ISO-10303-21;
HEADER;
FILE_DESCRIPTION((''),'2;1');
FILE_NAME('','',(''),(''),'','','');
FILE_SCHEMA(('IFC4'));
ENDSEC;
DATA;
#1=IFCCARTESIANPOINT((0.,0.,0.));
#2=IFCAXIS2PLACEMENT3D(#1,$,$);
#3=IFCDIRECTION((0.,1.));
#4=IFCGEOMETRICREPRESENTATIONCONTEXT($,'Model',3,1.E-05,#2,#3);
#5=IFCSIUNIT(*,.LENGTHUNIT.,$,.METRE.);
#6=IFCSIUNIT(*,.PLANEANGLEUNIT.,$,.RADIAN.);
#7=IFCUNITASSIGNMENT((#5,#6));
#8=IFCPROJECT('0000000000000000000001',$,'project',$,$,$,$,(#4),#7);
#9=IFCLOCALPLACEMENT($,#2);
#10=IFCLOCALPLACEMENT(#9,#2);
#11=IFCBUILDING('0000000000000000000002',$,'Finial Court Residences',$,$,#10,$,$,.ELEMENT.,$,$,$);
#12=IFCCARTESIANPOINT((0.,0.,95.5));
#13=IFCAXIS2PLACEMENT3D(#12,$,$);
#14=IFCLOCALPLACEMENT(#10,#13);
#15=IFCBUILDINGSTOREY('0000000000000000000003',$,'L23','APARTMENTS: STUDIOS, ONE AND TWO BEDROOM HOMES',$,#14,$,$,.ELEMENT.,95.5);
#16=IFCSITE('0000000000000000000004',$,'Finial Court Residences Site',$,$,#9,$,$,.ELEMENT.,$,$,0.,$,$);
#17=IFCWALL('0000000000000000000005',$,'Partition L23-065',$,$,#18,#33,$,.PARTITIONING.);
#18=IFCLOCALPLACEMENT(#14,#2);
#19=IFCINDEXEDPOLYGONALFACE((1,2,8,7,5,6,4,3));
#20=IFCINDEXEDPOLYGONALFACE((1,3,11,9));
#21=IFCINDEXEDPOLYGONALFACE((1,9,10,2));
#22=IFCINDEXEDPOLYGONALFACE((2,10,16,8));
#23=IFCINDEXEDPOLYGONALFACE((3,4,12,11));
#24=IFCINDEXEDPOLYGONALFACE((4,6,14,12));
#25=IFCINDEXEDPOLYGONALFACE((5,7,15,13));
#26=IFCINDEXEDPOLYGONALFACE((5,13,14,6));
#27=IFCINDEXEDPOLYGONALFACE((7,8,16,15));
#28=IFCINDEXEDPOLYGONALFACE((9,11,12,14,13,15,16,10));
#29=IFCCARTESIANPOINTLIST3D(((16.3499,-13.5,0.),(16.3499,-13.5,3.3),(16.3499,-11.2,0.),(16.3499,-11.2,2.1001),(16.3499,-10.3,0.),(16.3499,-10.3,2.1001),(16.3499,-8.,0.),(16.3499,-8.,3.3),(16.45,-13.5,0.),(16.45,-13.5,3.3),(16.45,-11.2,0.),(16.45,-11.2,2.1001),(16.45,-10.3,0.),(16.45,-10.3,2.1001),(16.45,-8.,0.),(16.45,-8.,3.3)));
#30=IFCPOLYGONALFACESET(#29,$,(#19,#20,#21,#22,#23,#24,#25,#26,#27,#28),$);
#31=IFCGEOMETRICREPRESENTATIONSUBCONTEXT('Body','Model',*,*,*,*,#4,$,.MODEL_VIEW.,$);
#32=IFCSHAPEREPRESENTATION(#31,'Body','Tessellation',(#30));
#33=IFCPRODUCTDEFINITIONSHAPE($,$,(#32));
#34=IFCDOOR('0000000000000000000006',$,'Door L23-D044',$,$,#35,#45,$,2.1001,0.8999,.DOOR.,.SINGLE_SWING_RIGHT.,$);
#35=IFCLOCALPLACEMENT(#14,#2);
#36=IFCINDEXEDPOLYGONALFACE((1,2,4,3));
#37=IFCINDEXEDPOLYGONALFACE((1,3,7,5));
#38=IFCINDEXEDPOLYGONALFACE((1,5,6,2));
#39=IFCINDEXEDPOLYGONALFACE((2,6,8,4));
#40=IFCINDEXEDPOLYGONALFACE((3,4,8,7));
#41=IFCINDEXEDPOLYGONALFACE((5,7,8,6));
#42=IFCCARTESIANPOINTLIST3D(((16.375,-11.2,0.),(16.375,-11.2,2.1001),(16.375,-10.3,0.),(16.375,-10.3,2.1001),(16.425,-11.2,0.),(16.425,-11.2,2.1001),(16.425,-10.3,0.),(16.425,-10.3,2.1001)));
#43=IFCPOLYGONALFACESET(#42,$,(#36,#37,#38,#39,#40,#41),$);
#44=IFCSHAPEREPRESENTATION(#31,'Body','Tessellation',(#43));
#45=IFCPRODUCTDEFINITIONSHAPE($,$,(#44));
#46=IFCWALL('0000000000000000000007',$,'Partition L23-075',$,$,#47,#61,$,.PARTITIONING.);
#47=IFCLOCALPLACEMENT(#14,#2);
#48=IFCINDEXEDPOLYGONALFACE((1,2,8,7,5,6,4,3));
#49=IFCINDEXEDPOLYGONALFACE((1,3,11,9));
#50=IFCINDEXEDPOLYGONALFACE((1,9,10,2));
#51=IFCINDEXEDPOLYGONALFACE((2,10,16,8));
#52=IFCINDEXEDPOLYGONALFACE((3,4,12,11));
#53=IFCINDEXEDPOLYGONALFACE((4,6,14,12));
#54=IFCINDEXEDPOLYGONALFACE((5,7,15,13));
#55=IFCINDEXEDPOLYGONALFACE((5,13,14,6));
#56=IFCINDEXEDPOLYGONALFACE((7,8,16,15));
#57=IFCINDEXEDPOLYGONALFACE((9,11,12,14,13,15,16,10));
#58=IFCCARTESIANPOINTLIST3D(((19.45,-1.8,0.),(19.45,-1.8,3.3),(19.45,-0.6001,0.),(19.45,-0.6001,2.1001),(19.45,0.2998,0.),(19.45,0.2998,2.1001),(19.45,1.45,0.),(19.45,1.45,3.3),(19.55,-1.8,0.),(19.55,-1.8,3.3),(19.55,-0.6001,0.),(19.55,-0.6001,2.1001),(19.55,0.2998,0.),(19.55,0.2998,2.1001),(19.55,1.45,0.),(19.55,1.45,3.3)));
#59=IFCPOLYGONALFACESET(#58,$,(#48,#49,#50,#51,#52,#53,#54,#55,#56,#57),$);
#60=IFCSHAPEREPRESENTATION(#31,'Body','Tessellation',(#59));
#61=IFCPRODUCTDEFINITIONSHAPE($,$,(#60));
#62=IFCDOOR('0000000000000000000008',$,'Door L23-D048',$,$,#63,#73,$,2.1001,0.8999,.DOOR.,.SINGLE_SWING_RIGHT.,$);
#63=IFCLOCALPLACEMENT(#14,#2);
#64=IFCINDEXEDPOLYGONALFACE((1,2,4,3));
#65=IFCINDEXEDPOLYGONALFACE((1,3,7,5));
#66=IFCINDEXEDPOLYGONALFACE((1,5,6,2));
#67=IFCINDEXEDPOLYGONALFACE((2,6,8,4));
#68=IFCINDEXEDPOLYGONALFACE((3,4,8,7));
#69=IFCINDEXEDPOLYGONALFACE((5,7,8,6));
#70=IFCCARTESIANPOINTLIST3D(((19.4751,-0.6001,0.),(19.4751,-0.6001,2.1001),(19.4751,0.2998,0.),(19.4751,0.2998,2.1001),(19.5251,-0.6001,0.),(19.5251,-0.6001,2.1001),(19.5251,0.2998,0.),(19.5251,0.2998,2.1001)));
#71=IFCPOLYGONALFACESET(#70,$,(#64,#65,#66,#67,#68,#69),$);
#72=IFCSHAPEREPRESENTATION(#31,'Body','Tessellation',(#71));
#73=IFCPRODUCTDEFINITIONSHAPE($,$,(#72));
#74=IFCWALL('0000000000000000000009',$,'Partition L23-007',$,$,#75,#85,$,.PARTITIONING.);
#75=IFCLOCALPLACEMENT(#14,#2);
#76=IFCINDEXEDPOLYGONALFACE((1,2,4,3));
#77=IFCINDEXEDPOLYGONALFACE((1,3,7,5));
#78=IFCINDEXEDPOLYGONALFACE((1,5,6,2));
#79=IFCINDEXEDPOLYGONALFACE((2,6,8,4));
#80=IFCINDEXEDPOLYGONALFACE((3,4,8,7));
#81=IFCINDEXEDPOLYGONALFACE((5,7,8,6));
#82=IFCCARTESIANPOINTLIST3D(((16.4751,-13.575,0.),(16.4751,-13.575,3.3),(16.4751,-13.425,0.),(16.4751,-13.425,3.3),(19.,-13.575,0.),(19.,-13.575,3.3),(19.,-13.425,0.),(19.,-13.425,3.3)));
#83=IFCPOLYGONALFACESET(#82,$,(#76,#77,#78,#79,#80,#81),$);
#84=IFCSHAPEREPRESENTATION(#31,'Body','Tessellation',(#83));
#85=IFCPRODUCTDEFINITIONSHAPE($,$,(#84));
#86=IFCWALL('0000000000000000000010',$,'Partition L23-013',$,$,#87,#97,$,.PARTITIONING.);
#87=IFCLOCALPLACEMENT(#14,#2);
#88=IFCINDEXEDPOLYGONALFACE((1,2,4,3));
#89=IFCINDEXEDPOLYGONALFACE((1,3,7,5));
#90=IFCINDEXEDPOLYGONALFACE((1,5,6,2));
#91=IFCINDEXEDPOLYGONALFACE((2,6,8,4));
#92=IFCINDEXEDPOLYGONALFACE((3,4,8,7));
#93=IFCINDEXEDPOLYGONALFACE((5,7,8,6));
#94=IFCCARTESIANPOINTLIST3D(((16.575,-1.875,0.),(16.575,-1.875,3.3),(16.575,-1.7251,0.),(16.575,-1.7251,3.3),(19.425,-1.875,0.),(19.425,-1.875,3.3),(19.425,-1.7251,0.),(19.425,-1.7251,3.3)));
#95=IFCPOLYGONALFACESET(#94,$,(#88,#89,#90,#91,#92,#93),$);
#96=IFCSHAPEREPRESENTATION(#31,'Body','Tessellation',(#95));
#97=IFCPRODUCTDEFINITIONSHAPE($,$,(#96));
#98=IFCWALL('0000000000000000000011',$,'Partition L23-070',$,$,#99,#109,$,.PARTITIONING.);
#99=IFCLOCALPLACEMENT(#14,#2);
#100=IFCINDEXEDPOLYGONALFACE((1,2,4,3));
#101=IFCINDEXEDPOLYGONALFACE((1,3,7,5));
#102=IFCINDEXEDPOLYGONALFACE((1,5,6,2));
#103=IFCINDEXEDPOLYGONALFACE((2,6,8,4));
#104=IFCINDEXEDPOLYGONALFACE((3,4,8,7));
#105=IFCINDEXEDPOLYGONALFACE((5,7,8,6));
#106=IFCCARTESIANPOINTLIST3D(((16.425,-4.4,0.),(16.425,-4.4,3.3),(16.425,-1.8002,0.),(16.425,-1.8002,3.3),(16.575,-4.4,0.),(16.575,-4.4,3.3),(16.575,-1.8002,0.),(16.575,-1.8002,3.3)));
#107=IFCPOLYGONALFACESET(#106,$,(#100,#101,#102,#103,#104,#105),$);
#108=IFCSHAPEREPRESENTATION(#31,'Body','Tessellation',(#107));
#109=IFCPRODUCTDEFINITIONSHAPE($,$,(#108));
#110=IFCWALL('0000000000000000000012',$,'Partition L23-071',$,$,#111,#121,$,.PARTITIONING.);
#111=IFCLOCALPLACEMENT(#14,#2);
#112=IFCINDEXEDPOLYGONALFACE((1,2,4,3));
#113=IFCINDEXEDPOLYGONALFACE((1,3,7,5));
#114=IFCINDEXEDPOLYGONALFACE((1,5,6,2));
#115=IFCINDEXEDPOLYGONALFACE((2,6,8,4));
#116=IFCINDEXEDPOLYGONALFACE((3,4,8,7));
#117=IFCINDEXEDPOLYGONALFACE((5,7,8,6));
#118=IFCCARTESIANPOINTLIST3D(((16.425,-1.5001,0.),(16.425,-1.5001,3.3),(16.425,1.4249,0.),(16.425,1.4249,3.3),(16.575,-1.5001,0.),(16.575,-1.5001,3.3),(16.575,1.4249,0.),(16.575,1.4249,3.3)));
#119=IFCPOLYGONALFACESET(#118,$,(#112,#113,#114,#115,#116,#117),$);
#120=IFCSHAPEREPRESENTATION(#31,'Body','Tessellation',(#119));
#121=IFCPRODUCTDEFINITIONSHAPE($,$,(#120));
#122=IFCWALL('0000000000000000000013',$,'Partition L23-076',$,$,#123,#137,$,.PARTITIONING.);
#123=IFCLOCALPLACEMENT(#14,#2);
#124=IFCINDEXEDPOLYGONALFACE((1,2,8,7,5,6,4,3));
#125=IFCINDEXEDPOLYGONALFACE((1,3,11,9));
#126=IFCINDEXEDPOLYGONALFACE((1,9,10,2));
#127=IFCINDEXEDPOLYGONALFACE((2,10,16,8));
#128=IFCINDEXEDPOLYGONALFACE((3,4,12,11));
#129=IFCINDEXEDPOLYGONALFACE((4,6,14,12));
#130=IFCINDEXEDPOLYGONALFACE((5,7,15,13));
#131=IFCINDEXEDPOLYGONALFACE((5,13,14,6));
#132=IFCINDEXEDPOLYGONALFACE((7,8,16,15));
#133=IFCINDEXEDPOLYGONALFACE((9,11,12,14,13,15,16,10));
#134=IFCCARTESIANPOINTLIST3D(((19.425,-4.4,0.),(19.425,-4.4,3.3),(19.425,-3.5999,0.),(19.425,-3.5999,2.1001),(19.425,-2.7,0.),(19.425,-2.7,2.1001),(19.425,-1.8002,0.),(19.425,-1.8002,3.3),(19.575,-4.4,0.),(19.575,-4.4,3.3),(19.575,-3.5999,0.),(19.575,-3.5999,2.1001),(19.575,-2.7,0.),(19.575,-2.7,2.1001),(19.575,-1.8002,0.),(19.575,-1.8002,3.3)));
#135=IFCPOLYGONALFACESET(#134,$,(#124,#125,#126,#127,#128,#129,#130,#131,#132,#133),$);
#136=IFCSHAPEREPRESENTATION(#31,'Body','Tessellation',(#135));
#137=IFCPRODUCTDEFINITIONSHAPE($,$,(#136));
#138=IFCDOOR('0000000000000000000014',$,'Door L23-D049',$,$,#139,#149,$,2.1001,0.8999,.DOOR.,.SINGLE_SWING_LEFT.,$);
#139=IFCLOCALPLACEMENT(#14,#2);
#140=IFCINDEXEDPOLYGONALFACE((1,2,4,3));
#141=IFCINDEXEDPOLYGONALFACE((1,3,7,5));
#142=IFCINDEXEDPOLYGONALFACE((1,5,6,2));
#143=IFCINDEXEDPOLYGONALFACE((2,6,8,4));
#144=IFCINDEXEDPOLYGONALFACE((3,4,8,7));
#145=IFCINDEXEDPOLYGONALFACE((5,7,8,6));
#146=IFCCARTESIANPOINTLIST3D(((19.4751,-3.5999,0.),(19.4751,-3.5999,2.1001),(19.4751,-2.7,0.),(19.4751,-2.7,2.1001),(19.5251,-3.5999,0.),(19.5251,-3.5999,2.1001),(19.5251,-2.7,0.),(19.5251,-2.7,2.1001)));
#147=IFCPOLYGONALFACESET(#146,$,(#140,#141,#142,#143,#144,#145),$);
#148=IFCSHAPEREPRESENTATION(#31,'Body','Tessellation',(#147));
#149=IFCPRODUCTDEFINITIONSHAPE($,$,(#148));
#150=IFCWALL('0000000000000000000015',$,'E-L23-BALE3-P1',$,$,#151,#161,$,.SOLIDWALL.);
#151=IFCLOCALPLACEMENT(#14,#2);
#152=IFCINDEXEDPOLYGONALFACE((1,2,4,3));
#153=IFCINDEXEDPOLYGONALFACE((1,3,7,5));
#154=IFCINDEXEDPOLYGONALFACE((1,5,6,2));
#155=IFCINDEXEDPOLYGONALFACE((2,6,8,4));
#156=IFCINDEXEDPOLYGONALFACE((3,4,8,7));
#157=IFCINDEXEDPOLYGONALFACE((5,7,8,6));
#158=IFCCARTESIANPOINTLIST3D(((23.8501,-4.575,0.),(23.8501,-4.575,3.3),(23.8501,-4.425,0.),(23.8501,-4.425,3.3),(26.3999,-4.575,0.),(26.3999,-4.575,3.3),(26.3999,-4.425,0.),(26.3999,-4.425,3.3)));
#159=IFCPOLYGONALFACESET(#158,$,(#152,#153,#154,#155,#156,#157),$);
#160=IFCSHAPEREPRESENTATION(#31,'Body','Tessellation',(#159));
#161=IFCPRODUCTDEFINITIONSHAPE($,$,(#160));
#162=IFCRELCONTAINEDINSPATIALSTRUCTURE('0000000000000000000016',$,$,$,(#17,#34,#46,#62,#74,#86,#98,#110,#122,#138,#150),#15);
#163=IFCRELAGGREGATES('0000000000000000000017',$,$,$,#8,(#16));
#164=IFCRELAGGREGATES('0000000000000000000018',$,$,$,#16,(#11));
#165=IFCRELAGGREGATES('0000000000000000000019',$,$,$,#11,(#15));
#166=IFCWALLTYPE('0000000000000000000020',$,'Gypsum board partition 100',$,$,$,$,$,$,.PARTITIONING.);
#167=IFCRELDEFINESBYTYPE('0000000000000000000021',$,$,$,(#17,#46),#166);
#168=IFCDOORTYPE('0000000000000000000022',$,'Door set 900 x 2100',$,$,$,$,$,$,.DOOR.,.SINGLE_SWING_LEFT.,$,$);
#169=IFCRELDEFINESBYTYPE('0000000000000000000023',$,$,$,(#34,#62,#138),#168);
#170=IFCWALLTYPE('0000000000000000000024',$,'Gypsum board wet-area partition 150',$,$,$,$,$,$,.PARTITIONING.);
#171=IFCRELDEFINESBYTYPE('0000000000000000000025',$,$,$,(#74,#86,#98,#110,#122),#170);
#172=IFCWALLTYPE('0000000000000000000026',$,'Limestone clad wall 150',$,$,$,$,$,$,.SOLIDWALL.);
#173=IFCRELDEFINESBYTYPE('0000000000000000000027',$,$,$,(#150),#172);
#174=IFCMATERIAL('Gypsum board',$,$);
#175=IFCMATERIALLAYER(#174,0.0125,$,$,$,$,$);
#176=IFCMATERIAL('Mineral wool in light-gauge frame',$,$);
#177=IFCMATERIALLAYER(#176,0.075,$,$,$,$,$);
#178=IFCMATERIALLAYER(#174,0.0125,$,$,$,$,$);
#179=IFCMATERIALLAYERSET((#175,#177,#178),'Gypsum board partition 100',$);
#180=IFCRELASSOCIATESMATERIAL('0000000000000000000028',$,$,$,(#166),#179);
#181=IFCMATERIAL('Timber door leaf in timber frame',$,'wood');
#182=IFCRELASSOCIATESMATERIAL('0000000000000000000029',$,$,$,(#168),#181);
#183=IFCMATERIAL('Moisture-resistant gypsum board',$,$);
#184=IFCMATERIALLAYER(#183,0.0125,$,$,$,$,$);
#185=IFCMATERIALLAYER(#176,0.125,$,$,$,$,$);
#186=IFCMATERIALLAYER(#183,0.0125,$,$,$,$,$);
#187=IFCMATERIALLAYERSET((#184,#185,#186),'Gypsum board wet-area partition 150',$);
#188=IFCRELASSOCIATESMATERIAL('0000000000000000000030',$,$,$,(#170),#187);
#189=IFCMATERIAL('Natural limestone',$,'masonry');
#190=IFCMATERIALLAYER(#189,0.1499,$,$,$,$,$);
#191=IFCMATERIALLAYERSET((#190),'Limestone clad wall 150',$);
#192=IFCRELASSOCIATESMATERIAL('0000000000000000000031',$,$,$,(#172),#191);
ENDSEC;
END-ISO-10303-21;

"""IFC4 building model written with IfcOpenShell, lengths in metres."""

from ifc_helpers import new_model, si_unit, direction, frame, frame_2d, origin, place, context, subcontext, project, spatial, rectangle, extrude, material, layer, layer_set, type_object, element, fill, save


model = new_model("IFC4")

# Units and contexts
model_context = context("Model", 3, precision=1e-05, world=origin(), true_north=direction((0.0, 1.0)))
body_context = subcontext(model_context, "Body", "Model", "MODEL_VIEW")
ifc_project = project(units=[si_unit("LENGTHUNIT", "METRE"), si_unit("PLANEANGLEUNIT", "RADIAN")], contexts=[model_context])

# Site, building, storey
site_placement = place(None, origin())
site = spatial("IfcSite", under=ifc_project, at=site_placement, Name="Finial Court Residences Site", CompositionType="ELEMENT", RefElevation=0.0)
building_placement = place(site_placement, origin())
building = spatial("IfcBuilding", under=site, at=building_placement, Name="Finial Court Residences", CompositionType="ELEMENT")
storey_placement = place(building_placement, frame((0.0, 0.0, 95.5)))
storey = spatial("IfcBuildingStorey", under=building, at=storey_placement, Name="L23", Description="APARTMENTS: STUDIOS, ONE AND TWO BEDROOM HOMES", CompositionType="ELEMENT", Elevation=95.5)

# Shared definitions
ifc_material_1 = material(Name="Gypsum board")
ifc_layer_1 = layer(ifc_material_1, 0.0125)
ifc_material_2 = material(Name="Mineral wool in light-gauge frame")
ifc_layer_2 = layer(ifc_material_2, 0.075)
ifc_layer_3 = layer(ifc_material_1, 0.0125)
ifc_layer_set_1 = layer_set([ifc_layer_1, ifc_layer_2, ifc_layer_3], Name="Gypsum board partition 100")
wall_type_1 = type_object("IfcWallType", Name="Gypsum board partition 100", PredefinedType="PARTITIONING", material=ifc_layer_set_1)

# Walls, openings, doors
wall_1_placement = place(storey_placement, frame((16.3999, -13.5, 0.0), z_axis=(0.0, 0.0, 1.0), x_axis=(0.0, 1.0, 0.0)))
wall_1 = element("IfcWall", 1, at=wall_1_placement, inside=storey, type_object=wall_type_1, Name="Partition L23-065", PredefinedType="PARTITIONING", context=body_context, shape_type="SweptSolid", body=[
    extrude(rectangle(XDim=5.5, YDim=0.1001, at=frame_2d((2.75, 0.0))), origin(), (0.0, 0.0, 1.0), 3.3),
])
opening_1_placement = place(wall_1_placement, frame((2.3, 0.0, 0.0)))
opening_1 = element("IfcOpeningElement", 2, at=opening_1_placement, cuts=wall_1, PredefinedType="OPENING", context=body_context, shape_type="SweptSolid", body=[
    extrude(rectangle(XDim=0.8999, YDim=2.1001, at=frame_2d((0.45, 1.05))), frame((0.0, 0.0601, 0.0), z_axis=(0.0, -1.0, 0.0), x_axis=(1.0, 0.0, 0.0)), (0.0, 0.0, 1.0), 0.1201),
])
ifc_material_3 = material(Name="Timber door leaf in timber frame", Category="wood")
door_type = type_object("IfcDoorType", Name="Door set 900 x 2100", OperationType="SINGLE_SWING_LEFT", PredefinedType="DOOR", material=ifc_material_3)
door_1_placement = place(opening_1_placement, origin())
door_1 = element("IfcDoor", 3, at=door_1_placement, inside=storey, type_object=door_type, Name="Door L23-D044", OperationType="SINGLE_SWING_RIGHT", OverallHeight=2.1001, OverallWidth=0.8999, PredefinedType="DOOR", context=body_context, shape_type="SweptSolid", body=[
    extrude(rectangle(XDim=0.8999, YDim=2.1001, at=frame_2d((0.45, 1.05))), frame((0.0, 0.0249, 0.0), z_axis=(0.0, -1.0, 0.0), x_axis=(1.0, 0.0, 0.0)), (0.0, 0.0, 1.0), 0.05),
])
fill(opening_1, door_1)
wall_2_placement = place(storey_placement, frame((19.5, -1.8, 0.0), z_axis=(0.0, 0.0, 1.0), x_axis=(0.0, 1.0, 0.0)))
wall_2 = element("IfcWall", 4, at=wall_2_placement, inside=storey, type_object=wall_type_1, Name="Partition L23-075", PredefinedType="PARTITIONING", context=body_context, shape_type="SweptSolid", body=[
    extrude(rectangle(XDim=3.25, YDim=0.1001, at=frame_2d((1.625, 0.0))), origin(), (0.0, 0.0, 1.0), 3.3),
])
opening_2_placement = place(wall_2_placement, frame((1.2, 0.0, 0.0)))
opening_2 = element("IfcOpeningElement", 5, at=opening_2_placement, cuts=wall_2, PredefinedType="OPENING", context=body_context, shape_type="SweptSolid", body=[
    extrude(rectangle(XDim=0.8999, YDim=2.1001, at=frame_2d((0.45, 1.05))), frame((0.0, 0.0601, 0.0), z_axis=(0.0, -1.0, 0.0), x_axis=(1.0, 0.0, 0.0)), (0.0, 0.0, 1.0), 0.1201),
])
door_2_placement = place(opening_2_placement, origin())
door_2 = element("IfcDoor", 6, at=door_2_placement, inside=storey, type_object=door_type, Name="Door L23-D048", OperationType="SINGLE_SWING_RIGHT", OverallHeight=2.1001, OverallWidth=0.8999, PredefinedType="DOOR", context=body_context, shape_type="SweptSolid", body=[
    extrude(rectangle(XDim=0.8999, YDim=2.1001, at=frame_2d((0.45, 1.05))), frame((0.0, 0.0249, 0.0), z_axis=(0.0, -1.0, 0.0), x_axis=(1.0, 0.0, 0.0)), (0.0, 0.0, 1.0), 0.05),
])
fill(opening_2, door_2)

# Walls
ifc_material_4 = material(Name="Moisture-resistant gypsum board")
ifc_layer_4 = layer(ifc_material_4, 0.0125)
ifc_layer_5 = layer(ifc_material_2, 0.125)
ifc_layer_6 = layer(ifc_material_4, 0.0125)
ifc_layer_set_2 = layer_set([ifc_layer_4, ifc_layer_5, ifc_layer_6], Name="Gypsum board wet-area partition 150")
wall_type_2 = type_object("IfcWallType", Name="Gypsum board wet-area partition 150", PredefinedType="PARTITIONING", material=ifc_layer_set_2)
wall_3_placement = place(storey_placement, frame((16.4751, -13.5, 0.0), z_axis=(0.0, 0.0, 1.0), x_axis=(1.0, 0.0, 0.0)))
element("IfcWall", 7, at=wall_3_placement, inside=storey, type_object=wall_type_2, Name="Partition L23-007", PredefinedType="PARTITIONING", context=body_context, shape_type="SweptSolid", body=[
    extrude(rectangle(XDim=2.5249, YDim=0.1499, at=frame_2d((1.2625, 0.0))), origin(), (0.0, 0.0, 1.0), 3.3),
])
wall_4_placement = place(storey_placement, frame((16.575, -1.8, 0.0), z_axis=(0.0, 0.0, 1.0), x_axis=(1.0, 0.0, 0.0)))
element("IfcWall", 8, at=wall_4_placement, inside=storey, type_object=wall_type_2, Name="Partition L23-013", PredefinedType="PARTITIONING", context=body_context, shape_type="SweptSolid", body=[
    extrude(rectangle(XDim=2.8501, YDim=0.1499, at=frame_2d((1.425, 0.0))), origin(), (0.0, 0.0, 1.0), 3.3),
])
wall_5_placement = place(storey_placement, frame((16.5, -4.3999, 0.0), z_axis=(0.0, 0.0, 1.0), x_axis=(0.0, 1.0, 0.0)))
element("IfcWall", 9, at=wall_5_placement, inside=storey, type_object=wall_type_2, Name="Partition L23-070", PredefinedType="PARTITIONING", context=body_context, shape_type="SweptSolid", body=[
    extrude(rectangle(XDim=2.5999, YDim=0.1499, at=frame_2d((1.2998, 0.0))), origin(), (0.0, 0.0, 1.0), 3.3),
])
wall_6_placement = place(storey_placement, frame((16.5, -1.5, 0.0), z_axis=(0.0, 0.0, 1.0), x_axis=(0.0, 1.0, 0.0)))
element("IfcWall", 10, at=wall_6_placement, inside=storey, type_object=wall_type_2, Name="Partition L23-071", PredefinedType="PARTITIONING", context=body_context, shape_type="SweptSolid", body=[
    extrude(rectangle(XDim=2.925, YDim=0.1499, at=frame_2d((1.4624, 0.0))), origin(), (0.0, 0.0, 1.0), 3.3),
])

# Wall, opening, door
wall_7_placement = place(storey_placement, frame((19.5, -4.3999, 0.0), z_axis=(0.0, 0.0, 1.0), x_axis=(0.0, 1.0, 0.0)))
wall_7 = element("IfcWall", 11, at=wall_7_placement, inside=storey, type_object=wall_type_2, Name="Partition L23-076", PredefinedType="PARTITIONING", context=body_context, shape_type="SweptSolid", body=[
    extrude(rectangle(XDim=2.5999, YDim=0.1499, at=frame_2d((1.2998, 0.0))), origin(), (0.0, 0.0, 1.0), 3.3),
])
opening_3_placement = place(wall_7_placement, frame((0.8, 0.0, 0.0)))
opening_3 = element("IfcOpeningElement", 12, at=opening_3_placement, cuts=wall_7, PredefinedType="OPENING", context=body_context, shape_type="SweptSolid", body=[
    extrude(rectangle(XDim=0.8999, YDim=2.1001, at=frame_2d((0.45, 1.05))), frame((0.0, 0.085, 0.0), z_axis=(0.0, -1.0, 0.0), x_axis=(1.0, 0.0, 0.0)), (0.0, 0.0, 1.0), 0.1699),
])
door_3_placement = place(opening_3_placement, origin())
door_3 = element("IfcDoor", 13, at=door_3_placement, inside=storey, type_object=door_type, Name="Door L23-D049", OperationType="SINGLE_SWING_LEFT", OverallHeight=2.1001, OverallWidth=0.8999, PredefinedType="DOOR", context=body_context, shape_type="SweptSolid", body=[
    extrude(rectangle(XDim=0.8999, YDim=2.1001, at=frame_2d((0.45, 1.05))), frame((0.0, 0.0249, 0.0), z_axis=(0.0, -1.0, 0.0), x_axis=(1.0, 0.0, 0.0)), (0.0, 0.0, 1.0), 0.05),
])
fill(opening_3, door_3)

# Wall
ifc_material_5 = material(Name="Natural limestone", Category="masonry")
ifc_layer_7 = layer(ifc_material_5, 0.1499)
ifc_layer_set_3 = layer_set([ifc_layer_7], Name="Limestone clad wall 150")
wall_type_3 = type_object("IfcWallType", Name="Limestone clad wall 150", PredefinedType="SOLIDWALL", material=ifc_layer_set_3)
wall_8_placement = place(storey_placement, frame((23.8501, -4.5, 0.0), z_axis=(0.0, 0.0, 1.0), x_axis=(1.0, 0.0, 0.0)))
element("IfcWall", 14, at=wall_8_placement, inside=storey, type_object=wall_type_3, Name="E-L23-BALE3-P1", PredefinedType="SOLIDWALL", context=body_context, shape_type="SweptSolid", body=[
    extrude(rectangle(XDim=2.5498, YDim=0.1499, at=frame_2d((1.2749, 0.0))), origin(), (0.0, 0.0, 1.0), 3.3),
])

save(model, "model.ifc")
